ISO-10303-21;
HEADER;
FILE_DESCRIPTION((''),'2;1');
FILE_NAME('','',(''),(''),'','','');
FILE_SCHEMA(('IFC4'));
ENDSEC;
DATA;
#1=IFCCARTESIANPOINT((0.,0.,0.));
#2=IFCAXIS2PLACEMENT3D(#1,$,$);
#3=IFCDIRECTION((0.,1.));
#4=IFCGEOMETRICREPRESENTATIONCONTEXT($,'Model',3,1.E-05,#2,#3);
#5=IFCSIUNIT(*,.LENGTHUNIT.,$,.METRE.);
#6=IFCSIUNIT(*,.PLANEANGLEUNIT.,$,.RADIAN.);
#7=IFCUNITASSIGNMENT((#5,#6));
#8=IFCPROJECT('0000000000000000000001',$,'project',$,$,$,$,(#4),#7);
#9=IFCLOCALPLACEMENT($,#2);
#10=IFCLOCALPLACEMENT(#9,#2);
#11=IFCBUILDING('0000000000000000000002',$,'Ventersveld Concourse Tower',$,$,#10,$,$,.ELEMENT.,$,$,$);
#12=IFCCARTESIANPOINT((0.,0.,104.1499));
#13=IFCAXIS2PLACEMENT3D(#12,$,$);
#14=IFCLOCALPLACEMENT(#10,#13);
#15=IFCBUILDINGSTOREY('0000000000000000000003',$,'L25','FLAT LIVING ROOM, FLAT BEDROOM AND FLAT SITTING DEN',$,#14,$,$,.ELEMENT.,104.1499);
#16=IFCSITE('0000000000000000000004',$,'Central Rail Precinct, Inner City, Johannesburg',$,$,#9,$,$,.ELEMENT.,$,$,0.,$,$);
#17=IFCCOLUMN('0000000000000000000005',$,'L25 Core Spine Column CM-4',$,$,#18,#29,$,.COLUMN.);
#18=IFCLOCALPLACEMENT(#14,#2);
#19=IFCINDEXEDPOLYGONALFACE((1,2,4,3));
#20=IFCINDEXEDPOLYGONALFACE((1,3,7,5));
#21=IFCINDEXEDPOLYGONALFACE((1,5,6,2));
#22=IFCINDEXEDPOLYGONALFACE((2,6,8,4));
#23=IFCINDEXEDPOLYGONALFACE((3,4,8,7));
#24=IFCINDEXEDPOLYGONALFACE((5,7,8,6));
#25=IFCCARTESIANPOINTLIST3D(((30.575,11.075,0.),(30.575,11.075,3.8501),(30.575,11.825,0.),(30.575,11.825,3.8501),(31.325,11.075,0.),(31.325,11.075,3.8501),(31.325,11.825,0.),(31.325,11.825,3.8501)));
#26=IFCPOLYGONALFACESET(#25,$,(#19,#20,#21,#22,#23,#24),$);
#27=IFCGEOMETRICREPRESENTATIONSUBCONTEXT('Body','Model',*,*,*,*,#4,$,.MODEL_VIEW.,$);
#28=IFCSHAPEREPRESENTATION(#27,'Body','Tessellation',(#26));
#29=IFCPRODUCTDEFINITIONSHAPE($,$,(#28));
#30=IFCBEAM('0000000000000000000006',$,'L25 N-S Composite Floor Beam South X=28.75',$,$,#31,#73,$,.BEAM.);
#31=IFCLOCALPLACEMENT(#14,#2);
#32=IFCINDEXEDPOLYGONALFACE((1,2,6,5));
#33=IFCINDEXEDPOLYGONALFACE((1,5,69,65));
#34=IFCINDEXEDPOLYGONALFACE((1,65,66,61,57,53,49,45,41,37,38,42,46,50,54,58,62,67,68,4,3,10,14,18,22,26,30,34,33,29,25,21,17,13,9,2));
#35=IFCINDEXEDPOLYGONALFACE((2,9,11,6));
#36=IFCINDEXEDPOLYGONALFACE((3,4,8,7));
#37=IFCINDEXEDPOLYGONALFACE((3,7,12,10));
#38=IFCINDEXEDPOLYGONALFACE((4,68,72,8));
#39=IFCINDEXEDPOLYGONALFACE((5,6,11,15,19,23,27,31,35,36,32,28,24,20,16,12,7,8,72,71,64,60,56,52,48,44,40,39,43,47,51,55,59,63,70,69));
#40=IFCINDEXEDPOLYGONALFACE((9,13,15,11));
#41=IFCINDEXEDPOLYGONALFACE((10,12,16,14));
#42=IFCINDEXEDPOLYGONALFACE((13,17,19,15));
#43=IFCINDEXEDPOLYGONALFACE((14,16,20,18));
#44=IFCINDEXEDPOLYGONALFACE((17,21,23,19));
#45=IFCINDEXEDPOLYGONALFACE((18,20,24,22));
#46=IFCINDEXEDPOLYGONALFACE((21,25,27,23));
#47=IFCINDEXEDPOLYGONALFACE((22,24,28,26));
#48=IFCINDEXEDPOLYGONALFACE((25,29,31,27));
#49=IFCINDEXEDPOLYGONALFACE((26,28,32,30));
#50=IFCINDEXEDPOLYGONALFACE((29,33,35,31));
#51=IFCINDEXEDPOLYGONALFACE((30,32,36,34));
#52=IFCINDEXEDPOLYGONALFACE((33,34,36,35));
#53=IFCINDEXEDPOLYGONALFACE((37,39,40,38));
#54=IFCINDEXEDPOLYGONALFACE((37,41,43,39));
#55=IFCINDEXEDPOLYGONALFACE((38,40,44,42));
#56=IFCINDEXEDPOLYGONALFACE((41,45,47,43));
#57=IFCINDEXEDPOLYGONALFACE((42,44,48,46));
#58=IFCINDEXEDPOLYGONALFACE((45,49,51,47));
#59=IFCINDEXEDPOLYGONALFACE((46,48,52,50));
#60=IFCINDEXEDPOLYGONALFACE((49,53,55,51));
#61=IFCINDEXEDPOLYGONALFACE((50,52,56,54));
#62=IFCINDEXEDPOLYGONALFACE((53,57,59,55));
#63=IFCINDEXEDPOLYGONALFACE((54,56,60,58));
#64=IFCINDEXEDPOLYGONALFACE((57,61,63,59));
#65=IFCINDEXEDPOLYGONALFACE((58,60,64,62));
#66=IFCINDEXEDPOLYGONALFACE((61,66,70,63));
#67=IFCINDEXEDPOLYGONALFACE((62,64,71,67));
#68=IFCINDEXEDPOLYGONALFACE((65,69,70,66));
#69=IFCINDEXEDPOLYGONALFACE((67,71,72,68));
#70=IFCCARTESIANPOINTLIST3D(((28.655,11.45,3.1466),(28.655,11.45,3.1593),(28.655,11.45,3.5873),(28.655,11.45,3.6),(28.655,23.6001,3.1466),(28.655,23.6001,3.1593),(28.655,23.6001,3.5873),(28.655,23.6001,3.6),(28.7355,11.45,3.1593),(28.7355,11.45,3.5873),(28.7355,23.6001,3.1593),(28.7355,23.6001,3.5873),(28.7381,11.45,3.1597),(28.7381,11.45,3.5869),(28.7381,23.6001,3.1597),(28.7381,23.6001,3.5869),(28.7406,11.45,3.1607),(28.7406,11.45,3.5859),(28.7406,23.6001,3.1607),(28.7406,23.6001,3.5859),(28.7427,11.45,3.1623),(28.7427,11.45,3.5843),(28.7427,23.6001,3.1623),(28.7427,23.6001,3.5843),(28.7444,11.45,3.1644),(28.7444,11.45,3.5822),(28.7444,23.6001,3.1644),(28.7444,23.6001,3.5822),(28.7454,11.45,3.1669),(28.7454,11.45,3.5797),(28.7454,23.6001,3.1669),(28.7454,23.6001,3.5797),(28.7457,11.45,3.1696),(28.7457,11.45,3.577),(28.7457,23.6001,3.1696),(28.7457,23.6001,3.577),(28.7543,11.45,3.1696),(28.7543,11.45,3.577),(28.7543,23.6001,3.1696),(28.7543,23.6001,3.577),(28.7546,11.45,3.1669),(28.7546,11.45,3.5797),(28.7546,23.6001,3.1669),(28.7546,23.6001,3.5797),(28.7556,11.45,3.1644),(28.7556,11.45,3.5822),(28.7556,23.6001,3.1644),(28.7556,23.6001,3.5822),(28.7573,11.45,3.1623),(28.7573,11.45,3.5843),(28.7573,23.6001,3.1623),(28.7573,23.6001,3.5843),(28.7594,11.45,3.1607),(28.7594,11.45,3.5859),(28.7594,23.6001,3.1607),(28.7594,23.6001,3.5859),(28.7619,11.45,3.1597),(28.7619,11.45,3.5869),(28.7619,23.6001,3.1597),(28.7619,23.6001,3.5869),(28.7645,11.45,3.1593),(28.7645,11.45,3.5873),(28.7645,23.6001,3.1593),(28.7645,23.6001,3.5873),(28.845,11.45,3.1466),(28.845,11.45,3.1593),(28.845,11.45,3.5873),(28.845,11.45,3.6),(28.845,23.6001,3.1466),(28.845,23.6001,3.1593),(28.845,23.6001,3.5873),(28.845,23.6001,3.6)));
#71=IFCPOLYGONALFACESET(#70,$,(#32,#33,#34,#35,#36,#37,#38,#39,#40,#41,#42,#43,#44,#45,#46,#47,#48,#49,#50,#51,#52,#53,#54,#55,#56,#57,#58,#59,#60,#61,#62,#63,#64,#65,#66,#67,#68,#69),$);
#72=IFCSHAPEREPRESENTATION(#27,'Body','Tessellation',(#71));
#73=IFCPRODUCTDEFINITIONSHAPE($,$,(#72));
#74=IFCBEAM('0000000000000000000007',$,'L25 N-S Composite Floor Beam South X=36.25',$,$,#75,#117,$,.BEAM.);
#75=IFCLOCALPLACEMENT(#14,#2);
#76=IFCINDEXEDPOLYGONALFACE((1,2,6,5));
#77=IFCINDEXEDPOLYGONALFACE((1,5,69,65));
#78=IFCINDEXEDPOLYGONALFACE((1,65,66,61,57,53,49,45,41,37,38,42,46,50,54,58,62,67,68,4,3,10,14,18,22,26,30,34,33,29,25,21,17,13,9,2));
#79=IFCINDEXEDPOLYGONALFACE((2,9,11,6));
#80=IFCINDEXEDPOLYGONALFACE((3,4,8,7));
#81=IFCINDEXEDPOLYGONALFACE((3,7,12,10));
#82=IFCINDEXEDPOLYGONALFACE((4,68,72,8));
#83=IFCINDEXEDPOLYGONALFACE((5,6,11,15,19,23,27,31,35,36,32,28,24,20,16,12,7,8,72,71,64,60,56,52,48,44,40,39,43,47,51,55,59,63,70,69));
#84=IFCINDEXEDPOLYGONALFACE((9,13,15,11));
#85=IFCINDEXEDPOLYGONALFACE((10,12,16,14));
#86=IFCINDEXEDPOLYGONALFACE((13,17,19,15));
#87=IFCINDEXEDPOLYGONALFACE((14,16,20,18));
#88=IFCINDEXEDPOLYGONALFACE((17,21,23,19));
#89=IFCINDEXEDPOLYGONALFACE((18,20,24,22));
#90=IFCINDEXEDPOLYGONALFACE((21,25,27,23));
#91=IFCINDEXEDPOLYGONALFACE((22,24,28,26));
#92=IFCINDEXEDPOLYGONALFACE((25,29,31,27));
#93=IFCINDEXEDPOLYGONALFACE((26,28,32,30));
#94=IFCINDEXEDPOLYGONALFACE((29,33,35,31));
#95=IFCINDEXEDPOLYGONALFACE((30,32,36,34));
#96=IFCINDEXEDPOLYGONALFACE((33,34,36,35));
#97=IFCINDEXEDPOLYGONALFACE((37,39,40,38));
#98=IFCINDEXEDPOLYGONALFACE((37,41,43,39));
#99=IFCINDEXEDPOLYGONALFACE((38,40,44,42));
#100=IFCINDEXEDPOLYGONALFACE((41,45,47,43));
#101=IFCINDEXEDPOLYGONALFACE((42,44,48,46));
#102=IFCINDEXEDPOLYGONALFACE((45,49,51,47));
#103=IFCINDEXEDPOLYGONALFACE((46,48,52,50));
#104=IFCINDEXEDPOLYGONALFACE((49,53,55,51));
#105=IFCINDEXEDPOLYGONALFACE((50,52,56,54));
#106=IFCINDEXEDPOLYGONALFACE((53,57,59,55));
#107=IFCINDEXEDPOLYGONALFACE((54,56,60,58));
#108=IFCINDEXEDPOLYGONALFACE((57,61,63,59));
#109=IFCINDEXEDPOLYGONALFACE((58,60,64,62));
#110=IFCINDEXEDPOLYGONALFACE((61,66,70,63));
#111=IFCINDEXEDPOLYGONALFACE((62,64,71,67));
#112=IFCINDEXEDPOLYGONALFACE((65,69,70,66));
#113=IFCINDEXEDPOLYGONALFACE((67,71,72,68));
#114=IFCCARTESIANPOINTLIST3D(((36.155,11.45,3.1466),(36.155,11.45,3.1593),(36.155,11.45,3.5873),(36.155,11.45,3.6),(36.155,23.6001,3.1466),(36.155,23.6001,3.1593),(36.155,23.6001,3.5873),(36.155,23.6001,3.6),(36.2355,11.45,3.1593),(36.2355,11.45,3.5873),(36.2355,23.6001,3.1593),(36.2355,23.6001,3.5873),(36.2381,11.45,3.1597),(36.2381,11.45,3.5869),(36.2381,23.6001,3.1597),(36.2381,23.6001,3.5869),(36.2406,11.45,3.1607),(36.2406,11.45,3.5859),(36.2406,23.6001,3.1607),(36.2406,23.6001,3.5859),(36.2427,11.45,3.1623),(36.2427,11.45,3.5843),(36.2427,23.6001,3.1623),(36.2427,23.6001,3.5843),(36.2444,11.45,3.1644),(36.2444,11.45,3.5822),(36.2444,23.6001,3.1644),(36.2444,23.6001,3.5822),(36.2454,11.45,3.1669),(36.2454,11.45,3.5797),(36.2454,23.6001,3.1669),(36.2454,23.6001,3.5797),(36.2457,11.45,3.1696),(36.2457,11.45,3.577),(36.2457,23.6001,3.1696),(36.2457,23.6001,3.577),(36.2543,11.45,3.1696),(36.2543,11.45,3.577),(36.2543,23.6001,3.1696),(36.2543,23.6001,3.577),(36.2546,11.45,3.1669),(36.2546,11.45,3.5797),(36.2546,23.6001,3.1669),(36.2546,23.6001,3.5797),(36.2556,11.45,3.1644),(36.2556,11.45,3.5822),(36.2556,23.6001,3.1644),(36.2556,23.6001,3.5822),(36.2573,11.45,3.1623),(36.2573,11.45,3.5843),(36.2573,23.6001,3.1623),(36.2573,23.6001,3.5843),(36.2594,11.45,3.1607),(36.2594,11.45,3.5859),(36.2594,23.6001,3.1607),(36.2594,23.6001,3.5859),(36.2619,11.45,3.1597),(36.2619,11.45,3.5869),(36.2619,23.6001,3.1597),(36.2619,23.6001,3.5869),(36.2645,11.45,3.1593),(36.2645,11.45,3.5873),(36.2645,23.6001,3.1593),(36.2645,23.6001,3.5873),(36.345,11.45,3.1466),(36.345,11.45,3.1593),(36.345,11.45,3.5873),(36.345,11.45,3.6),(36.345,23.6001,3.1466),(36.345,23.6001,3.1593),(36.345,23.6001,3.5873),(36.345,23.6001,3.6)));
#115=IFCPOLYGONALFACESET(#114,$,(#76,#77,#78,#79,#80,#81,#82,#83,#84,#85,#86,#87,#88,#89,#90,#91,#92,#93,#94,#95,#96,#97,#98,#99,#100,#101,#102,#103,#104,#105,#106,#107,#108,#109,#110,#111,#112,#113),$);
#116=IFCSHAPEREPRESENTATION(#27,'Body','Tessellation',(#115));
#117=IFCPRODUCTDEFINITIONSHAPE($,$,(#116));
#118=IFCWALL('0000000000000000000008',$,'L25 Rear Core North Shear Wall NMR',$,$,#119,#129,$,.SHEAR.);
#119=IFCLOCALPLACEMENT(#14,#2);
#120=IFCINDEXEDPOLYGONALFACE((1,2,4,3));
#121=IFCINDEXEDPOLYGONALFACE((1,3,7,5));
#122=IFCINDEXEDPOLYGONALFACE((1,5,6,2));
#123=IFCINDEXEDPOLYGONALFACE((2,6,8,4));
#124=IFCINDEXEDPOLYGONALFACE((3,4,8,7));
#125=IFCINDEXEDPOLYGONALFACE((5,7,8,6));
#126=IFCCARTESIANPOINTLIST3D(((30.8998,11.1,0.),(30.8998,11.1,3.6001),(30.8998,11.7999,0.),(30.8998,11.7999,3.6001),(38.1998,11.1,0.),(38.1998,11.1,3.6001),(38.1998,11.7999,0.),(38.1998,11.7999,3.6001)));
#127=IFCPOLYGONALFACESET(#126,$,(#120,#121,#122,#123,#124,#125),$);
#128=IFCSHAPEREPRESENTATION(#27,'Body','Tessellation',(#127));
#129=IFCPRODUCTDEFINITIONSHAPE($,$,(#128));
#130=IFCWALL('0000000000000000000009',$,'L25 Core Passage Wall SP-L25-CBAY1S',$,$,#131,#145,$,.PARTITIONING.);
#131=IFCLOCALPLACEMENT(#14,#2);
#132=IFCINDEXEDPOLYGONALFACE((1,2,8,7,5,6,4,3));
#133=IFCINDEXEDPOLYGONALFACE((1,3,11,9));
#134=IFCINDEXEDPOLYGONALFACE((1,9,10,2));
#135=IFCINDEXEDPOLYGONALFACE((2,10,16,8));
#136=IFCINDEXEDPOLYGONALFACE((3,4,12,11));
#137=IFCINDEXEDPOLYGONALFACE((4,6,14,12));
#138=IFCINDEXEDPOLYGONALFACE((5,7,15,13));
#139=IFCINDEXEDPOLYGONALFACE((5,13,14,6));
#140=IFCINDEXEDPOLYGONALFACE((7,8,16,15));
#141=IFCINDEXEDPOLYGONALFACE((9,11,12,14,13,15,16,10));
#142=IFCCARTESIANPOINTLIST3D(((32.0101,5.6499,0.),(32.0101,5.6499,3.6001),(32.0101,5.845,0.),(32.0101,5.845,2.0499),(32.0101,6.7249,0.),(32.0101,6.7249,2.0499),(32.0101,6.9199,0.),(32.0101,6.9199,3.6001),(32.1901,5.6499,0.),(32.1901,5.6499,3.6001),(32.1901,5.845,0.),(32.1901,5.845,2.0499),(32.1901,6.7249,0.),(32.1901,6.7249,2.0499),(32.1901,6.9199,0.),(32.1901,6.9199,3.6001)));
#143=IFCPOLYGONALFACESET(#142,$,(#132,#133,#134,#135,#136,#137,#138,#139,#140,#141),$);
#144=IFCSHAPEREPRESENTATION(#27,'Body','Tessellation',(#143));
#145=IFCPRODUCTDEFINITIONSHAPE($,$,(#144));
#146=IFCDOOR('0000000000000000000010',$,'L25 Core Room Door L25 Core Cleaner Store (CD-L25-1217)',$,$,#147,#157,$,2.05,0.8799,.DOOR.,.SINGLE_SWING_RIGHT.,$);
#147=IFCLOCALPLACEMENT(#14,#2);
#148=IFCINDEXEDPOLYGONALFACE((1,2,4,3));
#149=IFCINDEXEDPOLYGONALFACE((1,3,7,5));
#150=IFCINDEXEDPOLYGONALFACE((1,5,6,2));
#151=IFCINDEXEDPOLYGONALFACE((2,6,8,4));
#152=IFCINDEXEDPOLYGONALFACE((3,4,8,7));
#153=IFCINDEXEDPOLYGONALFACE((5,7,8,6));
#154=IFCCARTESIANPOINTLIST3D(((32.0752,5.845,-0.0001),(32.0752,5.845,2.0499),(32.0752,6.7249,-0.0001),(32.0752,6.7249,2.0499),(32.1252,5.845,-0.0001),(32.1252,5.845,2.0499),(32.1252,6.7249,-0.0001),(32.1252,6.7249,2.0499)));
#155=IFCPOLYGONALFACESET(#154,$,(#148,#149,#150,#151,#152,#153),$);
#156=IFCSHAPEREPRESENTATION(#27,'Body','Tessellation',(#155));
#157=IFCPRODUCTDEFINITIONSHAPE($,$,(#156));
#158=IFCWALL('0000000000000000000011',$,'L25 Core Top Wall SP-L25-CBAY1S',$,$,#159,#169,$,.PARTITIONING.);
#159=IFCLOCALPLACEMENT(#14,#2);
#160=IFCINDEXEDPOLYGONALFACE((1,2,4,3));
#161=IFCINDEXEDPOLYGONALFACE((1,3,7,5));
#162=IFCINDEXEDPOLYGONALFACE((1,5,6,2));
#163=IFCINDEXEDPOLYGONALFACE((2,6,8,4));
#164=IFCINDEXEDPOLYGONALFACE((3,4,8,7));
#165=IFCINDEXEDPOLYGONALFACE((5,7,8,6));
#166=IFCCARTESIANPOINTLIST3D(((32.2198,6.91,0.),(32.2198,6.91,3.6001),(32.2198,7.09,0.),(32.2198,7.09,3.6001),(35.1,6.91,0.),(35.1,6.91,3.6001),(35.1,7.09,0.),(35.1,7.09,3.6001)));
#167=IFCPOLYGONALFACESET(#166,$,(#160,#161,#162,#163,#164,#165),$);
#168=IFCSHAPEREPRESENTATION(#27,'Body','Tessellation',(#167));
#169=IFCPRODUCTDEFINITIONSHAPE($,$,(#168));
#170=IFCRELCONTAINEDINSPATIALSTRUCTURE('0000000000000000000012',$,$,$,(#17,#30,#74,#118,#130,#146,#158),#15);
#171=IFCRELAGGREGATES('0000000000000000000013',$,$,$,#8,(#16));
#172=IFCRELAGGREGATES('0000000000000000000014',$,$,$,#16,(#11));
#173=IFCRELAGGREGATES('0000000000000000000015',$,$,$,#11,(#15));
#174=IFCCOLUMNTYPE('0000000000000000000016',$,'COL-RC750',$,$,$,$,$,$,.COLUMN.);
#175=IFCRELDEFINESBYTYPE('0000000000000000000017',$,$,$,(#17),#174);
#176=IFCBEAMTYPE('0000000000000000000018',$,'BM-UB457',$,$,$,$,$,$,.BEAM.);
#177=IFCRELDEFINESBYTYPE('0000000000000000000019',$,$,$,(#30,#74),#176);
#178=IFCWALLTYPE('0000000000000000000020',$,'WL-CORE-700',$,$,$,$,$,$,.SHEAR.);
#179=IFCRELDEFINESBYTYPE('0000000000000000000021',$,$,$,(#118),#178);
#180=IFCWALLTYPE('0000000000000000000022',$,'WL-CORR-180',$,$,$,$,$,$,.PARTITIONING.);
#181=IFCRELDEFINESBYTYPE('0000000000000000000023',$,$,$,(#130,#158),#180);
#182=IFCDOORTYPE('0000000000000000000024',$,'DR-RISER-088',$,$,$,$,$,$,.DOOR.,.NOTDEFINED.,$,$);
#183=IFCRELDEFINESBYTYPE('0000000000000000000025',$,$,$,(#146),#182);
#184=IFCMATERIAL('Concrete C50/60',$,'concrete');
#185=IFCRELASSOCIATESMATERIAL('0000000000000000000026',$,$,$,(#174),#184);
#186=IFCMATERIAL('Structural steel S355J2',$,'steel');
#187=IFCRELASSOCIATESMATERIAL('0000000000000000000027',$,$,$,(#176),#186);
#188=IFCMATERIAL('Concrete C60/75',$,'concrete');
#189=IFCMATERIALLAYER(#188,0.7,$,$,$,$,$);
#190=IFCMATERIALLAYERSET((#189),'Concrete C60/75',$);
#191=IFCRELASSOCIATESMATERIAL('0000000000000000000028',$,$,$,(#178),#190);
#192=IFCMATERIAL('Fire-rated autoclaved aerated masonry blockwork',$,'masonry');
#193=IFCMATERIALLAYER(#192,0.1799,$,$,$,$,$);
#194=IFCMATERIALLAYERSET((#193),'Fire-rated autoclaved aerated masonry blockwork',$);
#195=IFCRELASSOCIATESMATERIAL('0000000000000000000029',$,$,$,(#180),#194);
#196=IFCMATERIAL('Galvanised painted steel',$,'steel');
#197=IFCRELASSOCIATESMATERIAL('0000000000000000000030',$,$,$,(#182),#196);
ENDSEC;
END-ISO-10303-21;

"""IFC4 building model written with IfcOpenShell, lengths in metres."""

from ifc_helpers import new_model, si_unit, direction, frame, frame_2d, origin, origin_2d, place, context, subcontext, project, spatial, rectangle, i_section, extrude, material, layer, layer_set, material_profile, profile_set, type_object, element, fill, save


model = new_model("IFC4")

# Units and contexts
model_context = context("Model", 3, precision=1e-05, world=origin(), true_north=direction((0.0, 1.0)))
body_context = subcontext(model_context, "Body", "Model", "MODEL_VIEW")
ifc_project = project(units=[si_unit("LENGTHUNIT", "METRE"), si_unit("PLANEANGLEUNIT", "RADIAN")], contexts=[model_context])

# Site, building, storey
site_placement = place(None, origin())
site = spatial("IfcSite", under=ifc_project, at=site_placement, Name="Central Rail Precinct, Inner City, Johannesburg", CompositionType="ELEMENT", RefElevation=0.0)
building_placement = place(site_placement, origin())
building = spatial("IfcBuilding", under=site, at=building_placement, Name="Ventersveld Concourse Tower", CompositionType="ELEMENT")
storey_placement = place(building_placement, frame((0.0, 0.0, 104.1499)))
storey = spatial("IfcBuildingStorey", under=building, at=storey_placement, Name="L25", Description="FLAT LIVING ROOM, FLAT BEDROOM AND FLAT SITTING DEN", CompositionType="ELEMENT", Elevation=104.1499)

# Column
ifc_material_1 = material(Name="Concrete C50/60", Category="concrete")
ifc_material_profile_1 = material_profile(ifc_material_1, rectangle(XDim=0.75, YDim=0.75, at=origin_2d()), Name="RC 750x750")
ifc_profile_set_1 = profile_set([ifc_material_profile_1], Name="Concrete C50/60")
column_type = type_object("IfcColumnType", Name="COL-RC750", PredefinedType="COLUMN", material=ifc_profile_set_1)
column_placement = place(storey_placement, frame((30.95, 11.45, 0.0), z_axis=(0.0, 0.0, 1.0), x_axis=(1.0, 0.0, 0.0)))
element("IfcColumn", 1, at=column_placement, inside=storey, type_object=column_type, Name="L25 Core Spine Column CM-4", PredefinedType="COLUMN", context=body_context, shape_type="SweptSolid", body=[
    extrude(rectangle(XDim=0.75, YDim=0.75, at=origin_2d()), origin(), (0.0, 0.0, 1.0), 3.8501),
])

# Beams
ifc_material_2 = material(Name="Structural steel S355J2", Category="steel")
ifc_material_profile_2 = material_profile(ifc_material_2, i_section(OverallWidth=0.1899, OverallDepth=0.4534, WebThickness=0.0085, FlangeThickness=0.0127, FilletRadius=0.0103, at=origin_2d()), Name="UB 457x191x67")
ifc_profile_set_2 = profile_set([ifc_material_profile_2], Name="Structural steel S355J2")
beam_type = type_object("IfcBeamType", Name="BM-UB457", PredefinedType="BEAM", material=ifc_profile_set_2)
for number, where, z_axis, x_axis, name in (
    (2, (28.75, 11.45, 3.3733), (0.0, 1.0, 0.0), (-1.0, 0.0, 0.0), "L25 N-S Composite Floor Beam South X=28.75"),
    (3, (36.25, 11.45, 3.3733), (0.0, 1.0, 0.0), (-1.0, 0.0, 0.0), "L25 N-S Composite Floor Beam South X=36.25"),
):
    element("IfcBeam", number, at=place(storey_placement, frame(where, z_axis=z_axis, x_axis=x_axis)), inside=storey, type_object=beam_type, Name=name, PredefinedType="BEAM", context=body_context, shape_type="SweptSolid", body=[
        extrude(i_section(OverallWidth=0.1899, OverallDepth=0.4534, WebThickness=0.0085, FlangeThickness=0.0127, FilletRadius=0.0103, at=origin_2d()), origin(), (0.0, 0.0, 1.0), 12.1501),
    ])

# Wall
ifc_material_3 = material(Name="Concrete C60/75", Category="concrete")
ifc_layer_1 = layer(ifc_material_3, 0.7)
ifc_layer_set_1 = layer_set([ifc_layer_1], Name="Concrete C60/75")
wall_type_1 = type_object("IfcWallType", Name="WL-CORE-700", PredefinedType="SHEAR", material=ifc_layer_set_1)
wall_1_placement = place(storey_placement, frame((30.8999, 11.45, 0.0), z_axis=(0.0, 0.0, 1.0), x_axis=(1.0, 0.0, 0.0)))
element("IfcWall", 4, at=wall_1_placement, inside=storey, type_object=wall_type_1, Name="L25 Rear Core North Shear Wall NMR", PredefinedType="SHEAR", context=body_context, shape_type="SweptSolid", body=[
    extrude(rectangle(XDim=7.3, YDim=0.7, at=frame_2d((3.6499, 0.0))), origin(), (0.0, 0.0, 1.0), 3.6001),
])

# Wall, opening, door
ifc_material_4 = material(Name="Fire-rated autoclaved aerated masonry blockwork", Category="masonry")
ifc_layer_2 = layer(ifc_material_4, 0.1799)
ifc_layer_set_2 = layer_set([ifc_layer_2], Name="Fire-rated autoclaved aerated masonry blockwork")
wall_type_2 = type_object("IfcWallType", Name="WL-CORR-180", PredefinedType="PARTITIONING", material=ifc_layer_set_2)
wall_2_placement = place(storey_placement, frame((32.1001, 5.6499, 0.0), z_axis=(0.0, 0.0, 1.0), x_axis=(0.0, 1.0, 0.0)))
wall_2 = element("IfcWall", 5, at=wall_2_placement, inside=storey, type_object=wall_type_2, Name="L25 Core Passage Wall SP-L25-CBAY1S", PredefinedType="PARTITIONING", context=body_context, shape_type="SweptSolid", body=[
    extrude(rectangle(XDim=1.27, YDim=0.1799, at=frame_2d((0.635, 0.0))), origin(), (0.0, 0.0, 1.0), 3.6001),
])
opening_1_placement = place(wall_2_placement, frame((0.1951, 0.0, 0.0)))
opening_1 = element("IfcOpeningElement", 6, at=opening_1_placement, cuts=wall_2, PredefinedType="OPENING", context=body_context, shape_type="SweptSolid", body=[
    extrude(rectangle(XDim=0.8799, YDim=2.05, at=frame_2d((0.4399, 1.0249))), frame((0.0, 0.1001, 0.0), z_axis=(0.0, -1.0, 0.0), x_axis=(1.0, 0.0, 0.0)), (0.0, 0.0, 1.0), 0.2),
])
ifc_material_5 = material(Name="Galvanised painted steel", Category="steel")
door_type_1 = type_object("IfcDoorType", Name="DR-RISER-088", OperationType="NOTDEFINED", PredefinedType="DOOR", material=ifc_material_5)
door_1_placement = place(opening_1_placement, origin())
door_1 = element("IfcDoor", 7, at=door_1_placement, inside=storey, type_object=door_type_1, Name="L25 Core Room Door L25 Core Cleaner Store (CD-L25-1217)", OperationType="SINGLE_SWING_RIGHT", OverallHeight=2.05, OverallWidth=0.8799, PredefinedType="DOOR", context=body_context, shape_type="SweptSolid", body=[
    extrude(rectangle(XDim=0.8799, YDim=2.05, at=frame_2d((0.4399, 1.0249))), frame((0.0, 0.0249, 0.0), z_axis=(0.0, -1.0, 0.0), x_axis=(1.0, 0.0, 0.0)), (0.0, 0.0, 1.0), 0.05),
])
fill(opening_1, door_1)

# Wall
wall_3_placement = place(storey_placement, frame((32.22, 7.0, 0.0), z_axis=(0.0, 0.0, 1.0), x_axis=(1.0, 0.0, 0.0)))
element("IfcWall", 8, at=wall_3_placement, inside=storey, type_object=wall_type_2, Name="L25 Core Top Wall SP-L25-CBAY1S", PredefinedType="PARTITIONING", context=body_context, shape_type="SweptSolid", body=[
    extrude(rectangle(XDim=2.8801, YDim=0.1799, at=frame_2d((1.4399, 0.0))), origin(), (0.0, 0.0, 1.0), 3.6001),
])

save(model, "model.ifc")
